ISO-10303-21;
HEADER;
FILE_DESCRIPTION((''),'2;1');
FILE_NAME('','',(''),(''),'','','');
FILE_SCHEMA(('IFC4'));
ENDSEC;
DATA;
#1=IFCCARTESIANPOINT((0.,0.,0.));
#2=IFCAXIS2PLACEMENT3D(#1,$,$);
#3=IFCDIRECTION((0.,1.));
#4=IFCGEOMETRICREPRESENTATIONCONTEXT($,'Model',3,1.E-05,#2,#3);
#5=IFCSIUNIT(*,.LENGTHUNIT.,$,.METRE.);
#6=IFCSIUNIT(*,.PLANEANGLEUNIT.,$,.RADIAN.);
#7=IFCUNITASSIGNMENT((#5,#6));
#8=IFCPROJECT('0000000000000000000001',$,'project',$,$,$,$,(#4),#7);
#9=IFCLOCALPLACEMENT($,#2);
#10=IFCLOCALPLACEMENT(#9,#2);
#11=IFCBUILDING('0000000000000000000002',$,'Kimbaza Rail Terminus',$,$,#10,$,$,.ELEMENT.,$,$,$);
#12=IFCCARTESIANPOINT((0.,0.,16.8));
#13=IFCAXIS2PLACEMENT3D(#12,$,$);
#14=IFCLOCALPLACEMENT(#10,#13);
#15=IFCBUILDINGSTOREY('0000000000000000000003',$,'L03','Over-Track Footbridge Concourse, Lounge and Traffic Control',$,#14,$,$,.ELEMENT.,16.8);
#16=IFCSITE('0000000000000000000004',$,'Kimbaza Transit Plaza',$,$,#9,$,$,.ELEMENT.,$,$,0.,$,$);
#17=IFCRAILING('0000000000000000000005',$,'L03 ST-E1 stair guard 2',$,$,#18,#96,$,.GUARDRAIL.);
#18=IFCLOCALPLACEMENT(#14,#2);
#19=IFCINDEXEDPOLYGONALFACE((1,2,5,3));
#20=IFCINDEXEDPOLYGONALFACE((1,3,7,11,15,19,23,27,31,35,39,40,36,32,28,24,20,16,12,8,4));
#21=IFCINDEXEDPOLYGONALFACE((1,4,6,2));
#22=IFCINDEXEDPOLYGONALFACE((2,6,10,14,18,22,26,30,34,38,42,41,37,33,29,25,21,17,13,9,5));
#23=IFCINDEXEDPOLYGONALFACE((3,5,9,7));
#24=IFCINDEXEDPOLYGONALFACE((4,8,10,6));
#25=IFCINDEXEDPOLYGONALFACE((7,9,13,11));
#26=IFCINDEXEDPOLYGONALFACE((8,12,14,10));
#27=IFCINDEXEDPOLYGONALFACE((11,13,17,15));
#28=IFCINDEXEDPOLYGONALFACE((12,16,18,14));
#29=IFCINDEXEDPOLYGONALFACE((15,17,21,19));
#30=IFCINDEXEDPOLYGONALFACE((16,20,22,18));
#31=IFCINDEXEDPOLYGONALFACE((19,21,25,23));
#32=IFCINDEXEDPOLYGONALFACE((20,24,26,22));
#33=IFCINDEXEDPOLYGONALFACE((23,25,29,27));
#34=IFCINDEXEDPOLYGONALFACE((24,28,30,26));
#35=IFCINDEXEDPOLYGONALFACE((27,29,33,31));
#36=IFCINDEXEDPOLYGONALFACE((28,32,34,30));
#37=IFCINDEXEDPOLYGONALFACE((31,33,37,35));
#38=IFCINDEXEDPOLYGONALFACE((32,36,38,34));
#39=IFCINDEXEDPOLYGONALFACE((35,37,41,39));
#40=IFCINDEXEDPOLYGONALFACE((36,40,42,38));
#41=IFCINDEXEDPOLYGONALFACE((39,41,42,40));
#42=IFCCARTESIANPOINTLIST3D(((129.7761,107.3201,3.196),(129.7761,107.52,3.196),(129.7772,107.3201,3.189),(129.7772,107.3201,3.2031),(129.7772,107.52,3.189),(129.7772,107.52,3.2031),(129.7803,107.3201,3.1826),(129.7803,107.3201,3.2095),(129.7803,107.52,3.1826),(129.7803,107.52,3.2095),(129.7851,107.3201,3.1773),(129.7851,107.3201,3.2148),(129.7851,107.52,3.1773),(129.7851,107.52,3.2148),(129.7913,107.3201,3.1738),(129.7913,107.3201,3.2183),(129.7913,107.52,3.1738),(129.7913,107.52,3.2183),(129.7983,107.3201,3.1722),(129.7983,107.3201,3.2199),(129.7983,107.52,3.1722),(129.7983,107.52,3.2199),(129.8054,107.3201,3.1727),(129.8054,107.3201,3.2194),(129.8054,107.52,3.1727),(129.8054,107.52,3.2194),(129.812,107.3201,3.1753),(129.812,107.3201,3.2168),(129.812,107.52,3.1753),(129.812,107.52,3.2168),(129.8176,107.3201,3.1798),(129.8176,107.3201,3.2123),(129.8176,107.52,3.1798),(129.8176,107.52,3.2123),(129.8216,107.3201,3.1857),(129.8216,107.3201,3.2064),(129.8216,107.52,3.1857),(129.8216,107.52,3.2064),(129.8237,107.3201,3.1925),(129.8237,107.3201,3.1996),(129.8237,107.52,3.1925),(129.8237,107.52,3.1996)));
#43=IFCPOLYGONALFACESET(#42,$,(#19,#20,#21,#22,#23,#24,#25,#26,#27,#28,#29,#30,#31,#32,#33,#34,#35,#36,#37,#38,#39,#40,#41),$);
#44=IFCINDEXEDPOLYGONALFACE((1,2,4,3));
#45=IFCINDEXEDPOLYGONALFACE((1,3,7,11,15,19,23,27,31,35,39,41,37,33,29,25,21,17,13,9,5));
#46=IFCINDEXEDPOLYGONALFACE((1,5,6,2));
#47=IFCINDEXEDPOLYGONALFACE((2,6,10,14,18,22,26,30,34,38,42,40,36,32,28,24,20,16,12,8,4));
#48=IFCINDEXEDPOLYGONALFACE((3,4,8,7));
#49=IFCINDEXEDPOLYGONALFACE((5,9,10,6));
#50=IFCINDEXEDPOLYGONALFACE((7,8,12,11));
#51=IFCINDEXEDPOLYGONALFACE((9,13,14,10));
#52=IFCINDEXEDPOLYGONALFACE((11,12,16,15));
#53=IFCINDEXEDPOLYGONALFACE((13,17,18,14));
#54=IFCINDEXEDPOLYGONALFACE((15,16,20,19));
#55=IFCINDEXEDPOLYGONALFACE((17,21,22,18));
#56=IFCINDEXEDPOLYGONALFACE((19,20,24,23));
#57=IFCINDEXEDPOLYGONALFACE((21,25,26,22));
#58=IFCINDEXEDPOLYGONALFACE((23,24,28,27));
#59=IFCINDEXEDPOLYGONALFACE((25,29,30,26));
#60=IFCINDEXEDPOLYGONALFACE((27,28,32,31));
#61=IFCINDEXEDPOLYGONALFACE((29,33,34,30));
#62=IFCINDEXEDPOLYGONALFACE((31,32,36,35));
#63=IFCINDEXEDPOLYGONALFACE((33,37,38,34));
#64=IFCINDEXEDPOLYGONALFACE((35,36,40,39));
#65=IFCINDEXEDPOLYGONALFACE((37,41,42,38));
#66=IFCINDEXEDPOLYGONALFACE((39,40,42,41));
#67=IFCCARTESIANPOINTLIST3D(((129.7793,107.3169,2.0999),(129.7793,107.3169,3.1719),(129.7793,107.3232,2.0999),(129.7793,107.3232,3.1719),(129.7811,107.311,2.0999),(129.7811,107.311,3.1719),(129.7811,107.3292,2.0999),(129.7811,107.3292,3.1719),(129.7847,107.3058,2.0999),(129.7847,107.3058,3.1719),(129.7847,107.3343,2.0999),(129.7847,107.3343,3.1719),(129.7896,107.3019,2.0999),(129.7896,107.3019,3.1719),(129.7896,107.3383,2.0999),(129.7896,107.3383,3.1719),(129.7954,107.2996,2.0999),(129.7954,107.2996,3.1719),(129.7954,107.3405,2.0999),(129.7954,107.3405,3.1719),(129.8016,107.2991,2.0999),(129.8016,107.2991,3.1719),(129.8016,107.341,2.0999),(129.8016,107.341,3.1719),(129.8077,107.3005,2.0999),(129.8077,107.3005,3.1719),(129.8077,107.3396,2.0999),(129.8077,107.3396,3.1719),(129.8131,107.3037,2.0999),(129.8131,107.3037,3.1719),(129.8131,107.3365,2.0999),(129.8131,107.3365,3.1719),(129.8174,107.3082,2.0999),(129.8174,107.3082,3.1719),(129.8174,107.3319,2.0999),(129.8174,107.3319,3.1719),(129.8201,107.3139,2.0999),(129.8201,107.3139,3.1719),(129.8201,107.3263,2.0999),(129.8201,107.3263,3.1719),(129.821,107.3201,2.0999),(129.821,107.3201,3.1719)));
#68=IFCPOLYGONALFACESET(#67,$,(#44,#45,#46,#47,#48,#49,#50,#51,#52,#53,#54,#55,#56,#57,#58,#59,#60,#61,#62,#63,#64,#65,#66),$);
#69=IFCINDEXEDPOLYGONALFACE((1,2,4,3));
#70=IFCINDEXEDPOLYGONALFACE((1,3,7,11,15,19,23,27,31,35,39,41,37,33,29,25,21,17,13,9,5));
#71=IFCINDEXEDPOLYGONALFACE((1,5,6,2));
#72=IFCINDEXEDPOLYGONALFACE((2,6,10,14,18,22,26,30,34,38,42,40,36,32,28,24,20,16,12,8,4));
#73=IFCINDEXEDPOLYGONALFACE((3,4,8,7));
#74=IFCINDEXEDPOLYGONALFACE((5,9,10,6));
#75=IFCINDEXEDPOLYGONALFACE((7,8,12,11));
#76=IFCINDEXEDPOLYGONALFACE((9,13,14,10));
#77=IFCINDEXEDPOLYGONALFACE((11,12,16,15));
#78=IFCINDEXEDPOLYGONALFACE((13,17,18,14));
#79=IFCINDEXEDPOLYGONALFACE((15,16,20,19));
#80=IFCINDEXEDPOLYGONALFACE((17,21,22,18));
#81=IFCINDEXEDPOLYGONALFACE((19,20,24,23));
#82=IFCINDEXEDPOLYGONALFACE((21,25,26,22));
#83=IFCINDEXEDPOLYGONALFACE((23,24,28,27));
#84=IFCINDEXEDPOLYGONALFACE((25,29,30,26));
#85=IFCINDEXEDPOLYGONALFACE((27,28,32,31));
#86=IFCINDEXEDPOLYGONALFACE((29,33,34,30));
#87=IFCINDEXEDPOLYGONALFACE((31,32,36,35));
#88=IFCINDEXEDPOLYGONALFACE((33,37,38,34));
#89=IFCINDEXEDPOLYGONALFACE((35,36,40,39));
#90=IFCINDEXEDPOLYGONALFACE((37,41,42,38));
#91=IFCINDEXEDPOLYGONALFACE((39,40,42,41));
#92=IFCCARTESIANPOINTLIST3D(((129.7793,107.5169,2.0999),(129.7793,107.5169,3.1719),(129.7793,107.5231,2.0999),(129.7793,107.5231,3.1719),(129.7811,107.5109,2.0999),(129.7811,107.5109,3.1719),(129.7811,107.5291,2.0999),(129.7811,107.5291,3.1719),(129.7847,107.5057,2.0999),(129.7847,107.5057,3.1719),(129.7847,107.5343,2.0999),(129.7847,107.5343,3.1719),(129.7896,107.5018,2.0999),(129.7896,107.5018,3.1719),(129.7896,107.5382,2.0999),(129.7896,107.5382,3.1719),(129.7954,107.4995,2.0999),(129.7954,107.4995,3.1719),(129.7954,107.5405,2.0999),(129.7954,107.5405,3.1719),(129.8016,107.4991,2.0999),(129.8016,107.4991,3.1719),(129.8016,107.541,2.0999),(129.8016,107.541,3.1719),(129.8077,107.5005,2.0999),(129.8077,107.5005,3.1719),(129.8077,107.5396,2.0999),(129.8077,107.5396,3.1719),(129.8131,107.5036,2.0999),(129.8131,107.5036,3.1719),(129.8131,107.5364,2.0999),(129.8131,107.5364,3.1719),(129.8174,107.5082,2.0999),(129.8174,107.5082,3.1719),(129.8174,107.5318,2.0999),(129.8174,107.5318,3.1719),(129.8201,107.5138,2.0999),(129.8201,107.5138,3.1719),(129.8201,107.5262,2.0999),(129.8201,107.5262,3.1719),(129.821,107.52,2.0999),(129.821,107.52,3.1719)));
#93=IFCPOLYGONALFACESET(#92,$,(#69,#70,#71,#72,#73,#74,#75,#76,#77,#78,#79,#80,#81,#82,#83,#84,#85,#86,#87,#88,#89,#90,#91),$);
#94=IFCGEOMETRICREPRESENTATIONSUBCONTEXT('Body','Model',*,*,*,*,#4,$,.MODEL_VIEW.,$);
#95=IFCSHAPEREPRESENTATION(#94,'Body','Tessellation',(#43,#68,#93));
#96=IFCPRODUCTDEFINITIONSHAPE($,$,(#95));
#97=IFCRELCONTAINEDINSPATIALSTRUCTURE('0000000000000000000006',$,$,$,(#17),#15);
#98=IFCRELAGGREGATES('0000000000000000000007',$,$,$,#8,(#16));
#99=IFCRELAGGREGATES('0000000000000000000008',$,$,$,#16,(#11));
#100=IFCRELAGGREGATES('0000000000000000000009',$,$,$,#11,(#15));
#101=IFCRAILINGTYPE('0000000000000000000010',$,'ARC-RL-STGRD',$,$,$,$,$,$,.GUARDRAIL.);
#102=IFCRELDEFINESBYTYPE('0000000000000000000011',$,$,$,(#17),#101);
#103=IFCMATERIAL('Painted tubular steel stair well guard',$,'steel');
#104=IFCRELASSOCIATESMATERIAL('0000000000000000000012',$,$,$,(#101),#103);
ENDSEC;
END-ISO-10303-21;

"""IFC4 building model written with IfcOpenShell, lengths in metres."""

from ifc_helpers import new_model, si_unit, direction, frame, origin, origin_2d, place, context, subcontext, project, spatial, circle, extrude, material, type_object, element, save


model = new_model("IFC4")

# Units and contexts
model_context = context("Model", 3, precision=1e-05, world=origin(), true_north=direction((0.0, 1.0)))
body_context = subcontext(model_context, "Body", "Model", "MODEL_VIEW")
ifc_project = project(units=[si_unit("LENGTHUNIT", "METRE"), si_unit("PLANEANGLEUNIT", "RADIAN")], contexts=[model_context])

# Site, building, storey
site_placement = place(None, origin())
site = spatial("IfcSite", under=ifc_project, at=site_placement, Name="Kimbaza Transit Plaza", CompositionType="ELEMENT", RefElevation=0.0)
building_placement = place(site_placement, origin())
building = spatial("IfcBuilding", under=site, at=building_placement, Name="Kimbaza Rail Terminus", CompositionType="ELEMENT")
storey_placement = place(building_placement, frame((0.0, 0.0, 16.8)))
storey = spatial("IfcBuildingStorey", under=building, at=storey_placement, Name="L03", Description="Over-Track Footbridge Concourse, Lounge and Traffic Control", CompositionType="ELEMENT", Elevation=16.8)

# Railing
ifc_material_1 = material(Name="Painted tubular steel stair well guard", Category="steel")
railing_type_1 = type_object("IfcRailingType", Name="ARC-RL-STGRD", PredefinedType="GUARDRAIL", material=ifc_material_1)
railing_1_placement = place(storey_placement, frame((129.8, 107.3201, 2.0999)))
element("IfcRailing", 1, at=railing_1_placement, inside=storey, type_object=railing_type_1, Name="L03 ST-E1 stair guard 2", PredefinedType="GUARDRAIL", context=body_context, shape_type="SweptSolid", body=[
    extrude(circle(Radius=0.0239, at=origin_2d()), frame((0.0, 0.0, 1.0962), z_axis=(0.0, 1.0, 0.0), x_axis=(-1.0, 0.0, 0.0)), (0.0, 0.0, 1.0), 0.2),
    extrude(circle(Radius=0.021, at=origin_2d()), origin(), (0.0, 0.0, 1.0), 1.072),
    extrude(circle(Radius=0.021, at=origin_2d()), frame((0.0, 0.2, 0.0)), (0.0, 0.0, 1.0), 1.072),
])

save(model, "model.ifc")
